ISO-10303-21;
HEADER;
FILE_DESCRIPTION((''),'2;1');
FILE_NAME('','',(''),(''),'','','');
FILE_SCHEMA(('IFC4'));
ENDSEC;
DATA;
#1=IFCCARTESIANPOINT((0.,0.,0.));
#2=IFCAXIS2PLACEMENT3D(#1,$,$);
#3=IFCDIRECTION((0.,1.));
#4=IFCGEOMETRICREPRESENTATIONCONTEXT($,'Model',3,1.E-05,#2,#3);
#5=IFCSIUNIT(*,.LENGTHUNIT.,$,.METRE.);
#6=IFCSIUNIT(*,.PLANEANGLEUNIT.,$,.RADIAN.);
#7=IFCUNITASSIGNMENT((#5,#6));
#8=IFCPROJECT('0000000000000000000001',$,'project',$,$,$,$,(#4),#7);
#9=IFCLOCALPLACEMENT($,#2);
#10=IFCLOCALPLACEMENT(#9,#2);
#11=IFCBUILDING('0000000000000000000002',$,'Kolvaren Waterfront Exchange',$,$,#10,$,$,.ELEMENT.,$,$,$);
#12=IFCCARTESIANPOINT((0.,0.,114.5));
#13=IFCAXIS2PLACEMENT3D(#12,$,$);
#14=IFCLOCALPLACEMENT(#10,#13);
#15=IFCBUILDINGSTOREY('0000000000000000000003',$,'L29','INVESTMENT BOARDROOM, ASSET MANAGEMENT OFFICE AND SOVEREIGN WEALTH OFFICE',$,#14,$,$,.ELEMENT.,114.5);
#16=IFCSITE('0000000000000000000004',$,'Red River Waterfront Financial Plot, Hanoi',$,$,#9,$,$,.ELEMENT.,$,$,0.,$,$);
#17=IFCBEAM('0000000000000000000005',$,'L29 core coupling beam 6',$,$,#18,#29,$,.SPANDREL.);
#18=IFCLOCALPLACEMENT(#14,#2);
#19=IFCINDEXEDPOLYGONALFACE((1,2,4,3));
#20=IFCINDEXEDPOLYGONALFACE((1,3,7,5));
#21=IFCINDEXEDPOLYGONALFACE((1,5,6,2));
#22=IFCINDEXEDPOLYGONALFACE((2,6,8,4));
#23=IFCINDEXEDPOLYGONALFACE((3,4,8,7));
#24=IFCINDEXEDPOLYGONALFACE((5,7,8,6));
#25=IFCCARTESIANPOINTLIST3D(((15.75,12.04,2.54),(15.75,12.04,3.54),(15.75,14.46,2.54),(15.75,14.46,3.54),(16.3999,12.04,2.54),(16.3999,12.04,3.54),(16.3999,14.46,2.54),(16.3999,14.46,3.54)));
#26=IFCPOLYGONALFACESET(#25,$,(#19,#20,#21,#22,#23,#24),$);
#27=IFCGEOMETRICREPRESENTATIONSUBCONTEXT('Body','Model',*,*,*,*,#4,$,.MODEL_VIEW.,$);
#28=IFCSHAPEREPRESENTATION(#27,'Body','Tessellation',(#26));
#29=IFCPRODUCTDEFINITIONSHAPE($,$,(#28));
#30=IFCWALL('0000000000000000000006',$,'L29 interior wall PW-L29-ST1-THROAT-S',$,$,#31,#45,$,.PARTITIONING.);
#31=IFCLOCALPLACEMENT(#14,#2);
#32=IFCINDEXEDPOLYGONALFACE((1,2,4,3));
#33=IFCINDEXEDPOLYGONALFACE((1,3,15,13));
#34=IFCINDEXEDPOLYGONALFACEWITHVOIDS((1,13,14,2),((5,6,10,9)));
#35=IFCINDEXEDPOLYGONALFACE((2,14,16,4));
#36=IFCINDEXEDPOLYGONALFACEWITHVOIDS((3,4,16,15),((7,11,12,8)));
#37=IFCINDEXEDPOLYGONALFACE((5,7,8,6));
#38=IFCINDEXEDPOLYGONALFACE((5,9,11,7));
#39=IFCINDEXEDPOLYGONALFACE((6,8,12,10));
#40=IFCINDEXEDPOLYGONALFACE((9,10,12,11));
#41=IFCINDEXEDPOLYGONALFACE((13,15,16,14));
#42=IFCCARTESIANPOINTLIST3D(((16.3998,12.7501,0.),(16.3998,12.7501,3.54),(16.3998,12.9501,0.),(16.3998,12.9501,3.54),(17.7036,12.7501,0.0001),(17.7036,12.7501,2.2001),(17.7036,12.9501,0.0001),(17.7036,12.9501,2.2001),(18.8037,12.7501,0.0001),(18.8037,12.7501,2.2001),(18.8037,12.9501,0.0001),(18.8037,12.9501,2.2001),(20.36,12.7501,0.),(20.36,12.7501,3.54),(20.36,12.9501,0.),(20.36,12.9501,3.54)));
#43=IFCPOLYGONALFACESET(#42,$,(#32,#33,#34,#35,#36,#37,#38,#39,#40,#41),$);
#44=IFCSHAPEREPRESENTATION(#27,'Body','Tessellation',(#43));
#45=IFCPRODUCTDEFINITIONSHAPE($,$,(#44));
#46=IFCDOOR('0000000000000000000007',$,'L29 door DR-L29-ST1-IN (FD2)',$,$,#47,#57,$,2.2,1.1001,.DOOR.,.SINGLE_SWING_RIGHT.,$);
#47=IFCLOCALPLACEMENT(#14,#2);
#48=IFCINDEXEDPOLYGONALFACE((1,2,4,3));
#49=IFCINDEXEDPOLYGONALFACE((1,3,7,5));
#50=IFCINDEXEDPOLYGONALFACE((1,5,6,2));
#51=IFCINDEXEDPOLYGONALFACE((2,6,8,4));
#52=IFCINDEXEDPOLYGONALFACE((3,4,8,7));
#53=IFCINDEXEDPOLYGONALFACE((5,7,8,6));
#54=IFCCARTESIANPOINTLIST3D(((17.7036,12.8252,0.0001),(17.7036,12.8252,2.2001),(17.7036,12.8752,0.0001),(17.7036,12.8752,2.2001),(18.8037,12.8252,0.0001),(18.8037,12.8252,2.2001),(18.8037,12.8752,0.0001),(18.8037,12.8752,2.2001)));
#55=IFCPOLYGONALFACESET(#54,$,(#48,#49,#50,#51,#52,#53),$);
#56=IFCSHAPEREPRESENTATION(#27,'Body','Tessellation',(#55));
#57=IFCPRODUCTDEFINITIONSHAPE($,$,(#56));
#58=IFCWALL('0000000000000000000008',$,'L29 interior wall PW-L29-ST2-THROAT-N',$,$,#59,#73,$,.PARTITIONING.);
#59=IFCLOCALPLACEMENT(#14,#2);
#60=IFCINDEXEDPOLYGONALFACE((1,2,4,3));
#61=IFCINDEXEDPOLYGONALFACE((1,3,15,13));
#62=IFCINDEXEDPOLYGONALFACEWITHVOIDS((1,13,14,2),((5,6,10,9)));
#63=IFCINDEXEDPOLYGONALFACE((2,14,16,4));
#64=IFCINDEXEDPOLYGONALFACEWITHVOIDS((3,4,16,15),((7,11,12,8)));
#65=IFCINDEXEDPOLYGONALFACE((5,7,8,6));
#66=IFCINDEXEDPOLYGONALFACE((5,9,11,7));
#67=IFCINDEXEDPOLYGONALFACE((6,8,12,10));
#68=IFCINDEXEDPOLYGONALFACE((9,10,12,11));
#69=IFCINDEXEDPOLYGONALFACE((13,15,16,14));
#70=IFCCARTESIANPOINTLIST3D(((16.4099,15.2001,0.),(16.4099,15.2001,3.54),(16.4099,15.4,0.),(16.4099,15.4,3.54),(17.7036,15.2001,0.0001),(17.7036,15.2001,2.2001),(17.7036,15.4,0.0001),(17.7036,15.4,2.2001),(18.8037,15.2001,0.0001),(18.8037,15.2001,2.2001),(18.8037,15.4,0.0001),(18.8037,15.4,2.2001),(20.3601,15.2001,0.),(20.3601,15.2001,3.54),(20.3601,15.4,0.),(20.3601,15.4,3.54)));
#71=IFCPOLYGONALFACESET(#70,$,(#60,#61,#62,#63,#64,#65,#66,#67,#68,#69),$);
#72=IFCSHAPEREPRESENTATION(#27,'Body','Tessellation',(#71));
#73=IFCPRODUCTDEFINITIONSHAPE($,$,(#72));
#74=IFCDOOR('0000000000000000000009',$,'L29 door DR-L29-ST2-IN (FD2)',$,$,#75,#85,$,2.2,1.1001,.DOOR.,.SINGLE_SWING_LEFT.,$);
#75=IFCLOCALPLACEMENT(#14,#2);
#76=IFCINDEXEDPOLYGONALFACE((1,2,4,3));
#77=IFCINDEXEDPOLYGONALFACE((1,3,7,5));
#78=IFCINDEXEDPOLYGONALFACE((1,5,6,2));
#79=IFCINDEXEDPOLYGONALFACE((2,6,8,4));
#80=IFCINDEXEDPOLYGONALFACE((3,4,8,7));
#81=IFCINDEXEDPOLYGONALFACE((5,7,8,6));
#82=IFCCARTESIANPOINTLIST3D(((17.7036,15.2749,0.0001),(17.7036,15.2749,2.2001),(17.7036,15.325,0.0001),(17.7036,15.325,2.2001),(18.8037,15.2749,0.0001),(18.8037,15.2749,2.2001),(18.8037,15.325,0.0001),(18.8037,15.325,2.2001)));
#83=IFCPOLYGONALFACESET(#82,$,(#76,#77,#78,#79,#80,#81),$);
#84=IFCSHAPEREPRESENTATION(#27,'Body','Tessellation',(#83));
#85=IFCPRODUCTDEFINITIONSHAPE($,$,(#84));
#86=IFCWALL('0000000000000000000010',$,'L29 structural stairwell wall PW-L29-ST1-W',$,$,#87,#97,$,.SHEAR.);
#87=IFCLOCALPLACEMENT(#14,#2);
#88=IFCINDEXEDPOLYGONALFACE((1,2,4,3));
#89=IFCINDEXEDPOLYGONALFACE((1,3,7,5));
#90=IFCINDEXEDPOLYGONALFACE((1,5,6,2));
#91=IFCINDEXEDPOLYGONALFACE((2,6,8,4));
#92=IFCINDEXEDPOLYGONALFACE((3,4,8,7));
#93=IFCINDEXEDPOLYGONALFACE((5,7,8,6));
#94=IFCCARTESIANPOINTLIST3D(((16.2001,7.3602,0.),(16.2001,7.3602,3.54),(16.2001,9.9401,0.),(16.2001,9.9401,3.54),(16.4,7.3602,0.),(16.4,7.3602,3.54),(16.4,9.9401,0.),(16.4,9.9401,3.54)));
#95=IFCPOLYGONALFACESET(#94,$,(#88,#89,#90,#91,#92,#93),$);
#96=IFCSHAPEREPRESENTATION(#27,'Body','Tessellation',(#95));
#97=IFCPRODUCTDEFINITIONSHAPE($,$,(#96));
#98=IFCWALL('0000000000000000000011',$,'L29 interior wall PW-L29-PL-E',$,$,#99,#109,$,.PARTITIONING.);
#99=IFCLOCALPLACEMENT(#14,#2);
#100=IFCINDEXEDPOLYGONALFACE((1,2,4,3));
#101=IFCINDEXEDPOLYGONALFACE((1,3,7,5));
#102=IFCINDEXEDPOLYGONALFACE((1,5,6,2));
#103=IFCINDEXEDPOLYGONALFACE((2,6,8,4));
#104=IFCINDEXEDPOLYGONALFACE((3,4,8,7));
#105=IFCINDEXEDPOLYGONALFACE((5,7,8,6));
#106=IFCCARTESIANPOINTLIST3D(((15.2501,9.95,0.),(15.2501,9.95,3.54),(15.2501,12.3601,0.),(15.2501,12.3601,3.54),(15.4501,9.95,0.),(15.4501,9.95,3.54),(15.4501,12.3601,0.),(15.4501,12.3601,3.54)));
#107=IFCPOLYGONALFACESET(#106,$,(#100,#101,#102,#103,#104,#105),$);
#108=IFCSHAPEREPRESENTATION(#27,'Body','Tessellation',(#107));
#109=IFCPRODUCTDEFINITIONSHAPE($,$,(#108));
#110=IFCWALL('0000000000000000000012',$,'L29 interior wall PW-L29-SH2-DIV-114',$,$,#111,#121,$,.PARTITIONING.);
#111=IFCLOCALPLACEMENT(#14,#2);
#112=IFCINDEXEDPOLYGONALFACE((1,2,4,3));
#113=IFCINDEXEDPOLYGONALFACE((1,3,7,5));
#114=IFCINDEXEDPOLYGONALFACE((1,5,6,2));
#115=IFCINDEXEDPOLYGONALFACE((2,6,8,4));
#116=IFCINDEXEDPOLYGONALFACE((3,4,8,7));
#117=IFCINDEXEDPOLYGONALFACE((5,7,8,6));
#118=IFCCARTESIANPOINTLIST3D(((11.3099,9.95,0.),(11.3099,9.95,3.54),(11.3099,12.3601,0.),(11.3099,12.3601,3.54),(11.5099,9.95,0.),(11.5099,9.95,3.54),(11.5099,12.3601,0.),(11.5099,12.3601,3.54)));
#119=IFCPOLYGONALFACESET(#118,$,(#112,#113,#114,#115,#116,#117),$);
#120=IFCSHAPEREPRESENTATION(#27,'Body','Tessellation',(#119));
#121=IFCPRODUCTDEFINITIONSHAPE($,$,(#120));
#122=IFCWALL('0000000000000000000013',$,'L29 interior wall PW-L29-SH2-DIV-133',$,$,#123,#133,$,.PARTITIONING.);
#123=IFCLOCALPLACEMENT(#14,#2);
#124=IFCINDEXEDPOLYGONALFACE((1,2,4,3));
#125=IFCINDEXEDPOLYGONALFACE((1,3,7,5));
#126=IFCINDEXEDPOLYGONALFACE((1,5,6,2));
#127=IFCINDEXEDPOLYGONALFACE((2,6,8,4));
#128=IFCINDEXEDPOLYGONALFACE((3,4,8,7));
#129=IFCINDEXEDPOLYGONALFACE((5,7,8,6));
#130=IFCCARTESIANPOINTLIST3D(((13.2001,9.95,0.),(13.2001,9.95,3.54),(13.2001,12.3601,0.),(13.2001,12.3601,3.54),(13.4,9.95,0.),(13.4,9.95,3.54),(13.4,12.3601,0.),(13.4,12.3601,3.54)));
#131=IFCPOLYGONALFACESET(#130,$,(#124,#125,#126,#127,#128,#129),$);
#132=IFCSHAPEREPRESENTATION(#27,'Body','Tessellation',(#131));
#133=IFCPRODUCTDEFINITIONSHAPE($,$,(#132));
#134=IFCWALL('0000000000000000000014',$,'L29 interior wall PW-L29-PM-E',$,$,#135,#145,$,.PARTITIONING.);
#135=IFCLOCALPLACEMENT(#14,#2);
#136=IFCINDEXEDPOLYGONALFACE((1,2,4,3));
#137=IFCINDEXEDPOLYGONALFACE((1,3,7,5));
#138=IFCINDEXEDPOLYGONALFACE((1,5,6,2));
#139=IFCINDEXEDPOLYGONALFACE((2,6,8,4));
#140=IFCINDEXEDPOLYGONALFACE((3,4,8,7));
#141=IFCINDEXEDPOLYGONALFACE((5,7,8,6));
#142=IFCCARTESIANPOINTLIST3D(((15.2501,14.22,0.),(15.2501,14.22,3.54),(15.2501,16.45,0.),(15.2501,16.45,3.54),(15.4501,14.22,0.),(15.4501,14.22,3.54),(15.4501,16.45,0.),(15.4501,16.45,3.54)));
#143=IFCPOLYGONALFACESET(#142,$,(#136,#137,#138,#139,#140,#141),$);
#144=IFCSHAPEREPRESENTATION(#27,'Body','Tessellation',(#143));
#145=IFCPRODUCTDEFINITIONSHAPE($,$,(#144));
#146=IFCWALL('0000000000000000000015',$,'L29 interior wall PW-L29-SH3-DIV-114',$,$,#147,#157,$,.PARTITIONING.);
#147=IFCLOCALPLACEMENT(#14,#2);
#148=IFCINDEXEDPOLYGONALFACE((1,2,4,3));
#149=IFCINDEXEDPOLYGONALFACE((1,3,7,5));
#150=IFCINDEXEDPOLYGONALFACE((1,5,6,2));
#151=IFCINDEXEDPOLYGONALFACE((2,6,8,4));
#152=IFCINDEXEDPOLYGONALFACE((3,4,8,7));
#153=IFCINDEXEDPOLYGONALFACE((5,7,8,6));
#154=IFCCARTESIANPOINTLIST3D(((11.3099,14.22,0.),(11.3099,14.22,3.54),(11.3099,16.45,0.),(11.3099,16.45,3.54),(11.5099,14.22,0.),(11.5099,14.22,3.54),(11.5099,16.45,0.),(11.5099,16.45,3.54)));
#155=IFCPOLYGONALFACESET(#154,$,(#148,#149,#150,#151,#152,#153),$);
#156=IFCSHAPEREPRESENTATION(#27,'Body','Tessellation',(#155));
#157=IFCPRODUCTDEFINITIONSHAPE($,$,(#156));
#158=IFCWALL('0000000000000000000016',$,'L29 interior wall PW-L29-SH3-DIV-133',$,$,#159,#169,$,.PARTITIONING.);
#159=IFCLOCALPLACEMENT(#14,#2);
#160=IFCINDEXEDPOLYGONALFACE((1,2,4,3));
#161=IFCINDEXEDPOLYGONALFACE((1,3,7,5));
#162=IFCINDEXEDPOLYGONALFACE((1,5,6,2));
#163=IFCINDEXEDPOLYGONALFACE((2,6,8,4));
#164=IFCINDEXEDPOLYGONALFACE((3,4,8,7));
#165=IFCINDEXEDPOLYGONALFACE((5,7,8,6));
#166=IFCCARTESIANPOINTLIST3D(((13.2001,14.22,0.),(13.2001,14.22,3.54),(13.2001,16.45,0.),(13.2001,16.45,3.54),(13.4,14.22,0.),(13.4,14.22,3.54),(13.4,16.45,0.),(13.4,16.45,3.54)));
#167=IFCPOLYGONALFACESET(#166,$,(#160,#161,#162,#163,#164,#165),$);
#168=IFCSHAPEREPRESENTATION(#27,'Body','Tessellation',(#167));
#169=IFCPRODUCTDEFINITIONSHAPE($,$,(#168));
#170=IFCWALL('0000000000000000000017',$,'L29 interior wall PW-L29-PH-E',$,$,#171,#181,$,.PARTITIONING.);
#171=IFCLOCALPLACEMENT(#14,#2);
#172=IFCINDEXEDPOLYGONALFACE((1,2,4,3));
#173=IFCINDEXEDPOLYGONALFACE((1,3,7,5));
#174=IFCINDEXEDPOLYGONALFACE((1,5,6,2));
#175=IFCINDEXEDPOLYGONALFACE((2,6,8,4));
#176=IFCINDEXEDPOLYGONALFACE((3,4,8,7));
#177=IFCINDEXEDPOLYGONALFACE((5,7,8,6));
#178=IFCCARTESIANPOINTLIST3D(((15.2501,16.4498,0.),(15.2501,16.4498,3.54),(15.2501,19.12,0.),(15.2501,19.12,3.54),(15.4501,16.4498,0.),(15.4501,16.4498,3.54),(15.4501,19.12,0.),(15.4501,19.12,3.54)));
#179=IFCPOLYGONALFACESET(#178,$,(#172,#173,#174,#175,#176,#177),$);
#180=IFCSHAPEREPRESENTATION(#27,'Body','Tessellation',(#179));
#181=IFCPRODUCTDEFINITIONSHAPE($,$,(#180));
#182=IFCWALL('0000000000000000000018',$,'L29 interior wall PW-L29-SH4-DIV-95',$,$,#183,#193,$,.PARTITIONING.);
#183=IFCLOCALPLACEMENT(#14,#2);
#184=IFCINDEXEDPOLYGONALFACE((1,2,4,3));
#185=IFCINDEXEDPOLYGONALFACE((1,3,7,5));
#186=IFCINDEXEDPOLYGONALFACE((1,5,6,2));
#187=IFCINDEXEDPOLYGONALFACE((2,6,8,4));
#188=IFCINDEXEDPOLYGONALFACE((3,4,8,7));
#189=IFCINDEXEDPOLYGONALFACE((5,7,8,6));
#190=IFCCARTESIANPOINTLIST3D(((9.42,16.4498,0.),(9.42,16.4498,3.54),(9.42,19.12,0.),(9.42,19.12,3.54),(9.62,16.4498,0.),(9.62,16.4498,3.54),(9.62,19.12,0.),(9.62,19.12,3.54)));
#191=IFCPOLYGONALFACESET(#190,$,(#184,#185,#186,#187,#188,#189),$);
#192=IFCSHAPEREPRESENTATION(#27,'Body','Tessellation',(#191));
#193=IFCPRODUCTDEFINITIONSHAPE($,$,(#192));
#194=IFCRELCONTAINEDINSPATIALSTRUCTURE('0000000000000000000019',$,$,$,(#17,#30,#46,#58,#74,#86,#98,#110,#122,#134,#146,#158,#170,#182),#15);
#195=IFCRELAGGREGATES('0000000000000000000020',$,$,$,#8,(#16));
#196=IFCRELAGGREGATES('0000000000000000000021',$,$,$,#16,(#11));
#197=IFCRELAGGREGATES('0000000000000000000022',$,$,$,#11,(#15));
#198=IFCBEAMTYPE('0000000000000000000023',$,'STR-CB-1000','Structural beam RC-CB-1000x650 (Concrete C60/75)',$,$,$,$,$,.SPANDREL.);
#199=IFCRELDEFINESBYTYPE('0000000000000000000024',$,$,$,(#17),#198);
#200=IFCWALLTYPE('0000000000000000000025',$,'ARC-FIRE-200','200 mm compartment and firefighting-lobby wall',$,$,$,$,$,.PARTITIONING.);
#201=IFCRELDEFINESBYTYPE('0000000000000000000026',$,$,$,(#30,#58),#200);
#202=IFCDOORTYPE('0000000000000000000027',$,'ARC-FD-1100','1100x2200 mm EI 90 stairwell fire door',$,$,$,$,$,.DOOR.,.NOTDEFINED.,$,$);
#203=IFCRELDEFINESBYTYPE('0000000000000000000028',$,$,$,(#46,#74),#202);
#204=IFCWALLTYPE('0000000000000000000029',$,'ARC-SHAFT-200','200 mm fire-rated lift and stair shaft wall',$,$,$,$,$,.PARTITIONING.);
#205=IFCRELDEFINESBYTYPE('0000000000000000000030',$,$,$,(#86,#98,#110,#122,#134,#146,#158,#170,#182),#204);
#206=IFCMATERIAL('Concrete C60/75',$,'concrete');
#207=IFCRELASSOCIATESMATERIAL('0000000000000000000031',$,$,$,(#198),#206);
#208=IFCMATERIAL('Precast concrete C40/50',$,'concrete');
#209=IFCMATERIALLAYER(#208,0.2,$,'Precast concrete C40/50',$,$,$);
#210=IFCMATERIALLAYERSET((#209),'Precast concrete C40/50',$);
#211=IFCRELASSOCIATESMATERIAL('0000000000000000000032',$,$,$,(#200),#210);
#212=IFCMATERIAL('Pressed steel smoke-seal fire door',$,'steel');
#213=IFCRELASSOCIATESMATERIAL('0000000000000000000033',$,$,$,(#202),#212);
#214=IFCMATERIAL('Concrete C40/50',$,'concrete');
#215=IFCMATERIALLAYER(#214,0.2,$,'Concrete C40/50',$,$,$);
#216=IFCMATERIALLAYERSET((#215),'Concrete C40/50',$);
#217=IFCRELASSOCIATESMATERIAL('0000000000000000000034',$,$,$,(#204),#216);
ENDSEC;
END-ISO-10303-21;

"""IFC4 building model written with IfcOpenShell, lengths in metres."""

from ifc_helpers import new_model, si_unit, direction, frame, frame_2d, origin, origin_2d, place, context, subcontext, project, spatial, rectangle, extrude, material, layer, layer_set, material_profile, profile_set, type_object, element, fill, save


model = new_model("IFC4")

# Units and contexts
model_context = context("Model", 3, precision=1e-05, world=origin(), true_north=direction((0.0, 1.0)))
body_context = subcontext(model_context, "Body", "Model", "MODEL_VIEW")
ifc_project = project(units=[si_unit("LENGTHUNIT", "METRE"), si_unit("PLANEANGLEUNIT", "RADIAN")], contexts=[model_context])

# Site, building, storey
site_placement = place(None, origin())
site = spatial("IfcSite", under=ifc_project, at=site_placement, Name="Red River Waterfront Financial Plot, Hanoi", CompositionType="ELEMENT", RefElevation=0.0)
building_placement = place(site_placement, origin())
building = spatial("IfcBuilding", under=site, at=building_placement, Name="Kolvaren Waterfront Exchange", CompositionType="ELEMENT")
storey_placement = place(building_placement, frame((0.0, 0.0, 114.5)))
storey = spatial("IfcBuildingStorey", under=building, at=storey_placement, Name="L29", Description="INVESTMENT BOARDROOM, ASSET MANAGEMENT OFFICE AND SOVEREIGN WEALTH OFFICE", CompositionType="ELEMENT", Elevation=114.5)

# Beam
ifc_material_1 = material(Name="Concrete C60/75", Category="concrete")
ifc_material_profile = material_profile(ifc_material_1, rectangle(XDim=0.6499, YDim=1.0, at=origin_2d()), Name="RC-CB-1000x650")
ifc_profile_set = profile_set([ifc_material_profile], Name="Concrete C60/75")
beam_type = type_object("IfcBeamType", Name="STR-CB-1000", Description="Structural beam RC-CB-1000x650 (Concrete C60/75)", PredefinedType="SPANDREL", material=ifc_profile_set)
beam_placement = place(storey_placement, frame((16.075, 12.04, 3.04), z_axis=(0.0, 1.0, 0.0), x_axis=(-1.0, 0.0, 0.0)))
element("IfcBeam", 1, at=beam_placement, inside=storey, type_object=beam_type, Name="L29 core coupling beam 6", PredefinedType="SPANDREL", context=body_context, shape_type="SweptSolid", body=[
    extrude(rectangle(XDim=0.6499, YDim=1.0, at=origin_2d()), origin(), (0.0, 0.0, 1.0), 2.4199),
])

# Walls, openings, doors
ifc_material_2 = material(Name="Precast concrete C40/50", Category="concrete")
ifc_layer_1 = layer(ifc_material_2, 0.2, Name="Precast concrete C40/50")
ifc_layer_set_1 = layer_set([ifc_layer_1], Name="Precast concrete C40/50")
wall_type_1 = type_object("IfcWallType", Name="ARC-FIRE-200", Description="200 mm compartment and firefighting-lobby wall", PredefinedType="PARTITIONING", material=ifc_layer_set_1)
wall_1_placement = place(storey_placement, frame((16.3999, 12.8501, 0.0), z_axis=(0.0, 0.0, 1.0), x_axis=(1.0, 0.0, 0.0)))
wall_1 = element("IfcWall", 2, at=wall_1_placement, inside=storey, type_object=wall_type_1, Name="L29 interior wall PW-L29-ST1-THROAT-S", PredefinedType="PARTITIONING", context=body_context, shape_type="SweptSolid", body=[
    extrude(rectangle(XDim=3.9602, YDim=0.2, at=frame_2d((1.98, 0.0))), origin(), (0.0, 0.0, 1.0), 3.54),
])
opening_1_placement = place(wall_1_placement, frame((1.3037, 0.0, 0.0)))
opening_1 = element("IfcOpeningElement", 3, at=opening_1_placement, cuts=wall_1, PredefinedType="OPENING", context=body_context, shape_type="SweptSolid", body=[
    extrude(rectangle(XDim=1.1001, YDim=2.2, at=frame_2d((0.55, 1.1001))), frame((0.0, 0.1099, 0.0), z_axis=(0.0, -1.0, 0.0), x_axis=(1.0, 0.0, 0.0)), (0.0, 0.0, 1.0), 0.22),
])
ifc_material_3 = material(Name="Pressed steel smoke-seal fire door", Category="steel")
door_type = type_object("IfcDoorType", Name="ARC-FD-1100", Description="1100x2200 mm EI 90 stairwell fire door", OperationType="NOTDEFINED", PredefinedType="DOOR", material=ifc_material_3)
door_1_placement = place(opening_1_placement, frame((1.1001, 0.0, 0.0), z_axis=(0.0, 0.0, 1.0), x_axis=(-1.0, 0.0, 0.0)))
door_1 = element("IfcDoor", 4, at=door_1_placement, inside=storey, type_object=door_type, Name="L29 door DR-L29-ST1-IN (FD2)", OperationType="SINGLE_SWING_RIGHT", OverallHeight=2.2, OverallWidth=1.1001, PredefinedType="DOOR", context=body_context, shape_type="SweptSolid", body=[
    extrude(rectangle(XDim=1.1001, YDim=2.2, at=frame_2d((0.55, 1.1001))), frame((0.0, 0.0249, 0.0), z_axis=(0.0, -1.0, 0.0), x_axis=(1.0, 0.0, 0.0)), (0.0, 0.0, 1.0), 0.05),
])
fill(opening_1, door_1)
wall_2_placement = place(storey_placement, frame((16.4099, 15.3, 0.0), z_axis=(0.0, 0.0, 1.0), x_axis=(1.0, 0.0, 0.0)))
wall_2 = element("IfcWall", 5, at=wall_2_placement, inside=storey, type_object=wall_type_1, Name="L29 interior wall PW-L29-ST2-THROAT-N", PredefinedType="PARTITIONING", context=body_context, shape_type="SweptSolid", body=[
    extrude(rectangle(XDim=3.9502, YDim=0.2, at=frame_2d((1.9751, 0.0))), origin(), (0.0, 0.0, 1.0), 3.54),
])
opening_2_placement = place(wall_2_placement, frame((1.2937, 0.0, 0.0)))
opening_2 = element("IfcOpeningElement", 6, at=opening_2_placement, cuts=wall_2, PredefinedType="OPENING", context=body_context, shape_type="SweptSolid", body=[
    extrude(rectangle(XDim=1.1001, YDim=2.2, at=frame_2d((0.55, 1.1001))), frame((0.0, 0.1099, 0.0), z_axis=(0.0, -1.0, 0.0), x_axis=(1.0, 0.0, 0.0)), (0.0, 0.0, 1.0), 0.22),
])
door_2_placement = place(opening_2_placement, origin())
door_2 = element("IfcDoor", 7, at=door_2_placement, inside=storey, type_object=door_type, Name="L29 door DR-L29-ST2-IN (FD2)", OperationType="SINGLE_SWING_LEFT", OverallHeight=2.2, OverallWidth=1.1001, PredefinedType="DOOR", context=body_context, shape_type="SweptSolid", body=[
    extrude(rectangle(XDim=1.1001, YDim=2.2, at=frame_2d((0.55, 1.1001))), frame((0.0, 0.0249, 0.0), z_axis=(0.0, -1.0, 0.0), x_axis=(1.0, 0.0, 0.0)), (0.0, 0.0, 1.0), 0.05),
])
fill(opening_2, door_2)

# Walls
ifc_material_4 = material(Name="Concrete C40/50", Category="concrete")
ifc_layer_2 = layer(ifc_material_4, 0.2, Name="Concrete C40/50")
ifc_layer_set_2 = layer_set([ifc_layer_2], Name="Concrete C40/50")
wall_type_2 = type_object("IfcWallType", Name="ARC-SHAFT-200", Description="200 mm fire-rated lift and stair shaft wall", PredefinedType="PARTITIONING", material=ifc_layer_set_2)
wall_3_placement = place(storey_placement, frame((16.3, 7.3601, 0.0), z_axis=(0.0, 0.0, 1.0), x_axis=(0.0, 1.0, 0.0)))
element("IfcWall", 8, at=wall_3_placement, inside=storey, type_object=wall_type_2, Name="L29 structural stairwell wall PW-L29-ST1-W", PredefinedType="SHEAR", context=body_context, shape_type="SweptSolid", body=[
    extrude(rectangle(XDim=2.5798, YDim=0.2, at=frame_2d((1.29, 0.0))), origin(), (0.0, 0.0, 1.0), 3.54),
])
for number, where, z_axis, x_axis, name in (
    (9, (15.3501, 9.95, 0.0), (0.0, 0.0, 1.0), (0.0, 1.0, 0.0), "L29 interior wall PW-L29-PL-E"),
    (10, (11.4099, 9.95, 0.0), (0.0, 0.0, 1.0), (0.0, 1.0, 0.0), "L29 interior wall PW-L29-SH2-DIV-114"),
    (11, (13.3, 9.95, 0.0), (0.0, 0.0, 1.0), (0.0, 1.0, 0.0), "L29 interior wall PW-L29-SH2-DIV-133"),
):
    element("IfcWall", number, at=place(storey_placement, frame(where, z_axis=z_axis, x_axis=x_axis)), inside=storey, type_object=wall_type_2, Name=name, PredefinedType="PARTITIONING", context=body_context, shape_type="SweptSolid", body=[
        extrude(rectangle(XDim=2.4102, YDim=0.2, at=frame_2d((1.2051, 0.0))), origin(), (0.0, 0.0, 1.0), 3.54),
    ])
for number, where, z_axis, x_axis, name in (
    (12, (15.3501, 14.22, 0.0), (0.0, 0.0, 1.0), (0.0, 1.0, 0.0), "L29 interior wall PW-L29-PM-E"),
    (13, (11.4099, 14.22, 0.0), (0.0, 0.0, 1.0), (0.0, 1.0, 0.0), "L29 interior wall PW-L29-SH3-DIV-114"),
    (14, (13.3, 14.22, 0.0), (0.0, 0.0, 1.0), (0.0, 1.0, 0.0), "L29 interior wall PW-L29-SH3-DIV-133"),
):
    element("IfcWall", number, at=place(storey_placement, frame(where, z_axis=z_axis, x_axis=x_axis)), inside=storey, type_object=wall_type_2, Name=name, PredefinedType="PARTITIONING", context=body_context, shape_type="SweptSolid", body=[
        extrude(rectangle(XDim=2.23, YDim=0.2, at=frame_2d((1.115, 0.0))), origin(), (0.0, 0.0, 1.0), 3.54),
    ])
for number, where, z_axis, x_axis, name in (
    (15, (15.3501, 16.45, 0.0), (0.0, 0.0, 1.0), (0.0, 1.0, 0.0), "L29 interior wall PW-L29-PH-E"),
    (16, (9.52, 16.45, 0.0), (0.0, 0.0, 1.0), (0.0, 1.0, 0.0), "L29 interior wall PW-L29-SH4-DIV-95"),
):
    element("IfcWall", number, at=place(storey_placement, frame(where, z_axis=z_axis, x_axis=x_axis)), inside=storey, type_object=wall_type_2, Name=name, PredefinedType="PARTITIONING", context=body_context, shape_type="SweptSolid", body=[
        extrude(rectangle(XDim=2.6702, YDim=0.2, at=frame_2d((1.335, 0.0))), origin(), (0.0, 0.0, 1.0), 3.54),
    ])

save(model, "model.ifc")
